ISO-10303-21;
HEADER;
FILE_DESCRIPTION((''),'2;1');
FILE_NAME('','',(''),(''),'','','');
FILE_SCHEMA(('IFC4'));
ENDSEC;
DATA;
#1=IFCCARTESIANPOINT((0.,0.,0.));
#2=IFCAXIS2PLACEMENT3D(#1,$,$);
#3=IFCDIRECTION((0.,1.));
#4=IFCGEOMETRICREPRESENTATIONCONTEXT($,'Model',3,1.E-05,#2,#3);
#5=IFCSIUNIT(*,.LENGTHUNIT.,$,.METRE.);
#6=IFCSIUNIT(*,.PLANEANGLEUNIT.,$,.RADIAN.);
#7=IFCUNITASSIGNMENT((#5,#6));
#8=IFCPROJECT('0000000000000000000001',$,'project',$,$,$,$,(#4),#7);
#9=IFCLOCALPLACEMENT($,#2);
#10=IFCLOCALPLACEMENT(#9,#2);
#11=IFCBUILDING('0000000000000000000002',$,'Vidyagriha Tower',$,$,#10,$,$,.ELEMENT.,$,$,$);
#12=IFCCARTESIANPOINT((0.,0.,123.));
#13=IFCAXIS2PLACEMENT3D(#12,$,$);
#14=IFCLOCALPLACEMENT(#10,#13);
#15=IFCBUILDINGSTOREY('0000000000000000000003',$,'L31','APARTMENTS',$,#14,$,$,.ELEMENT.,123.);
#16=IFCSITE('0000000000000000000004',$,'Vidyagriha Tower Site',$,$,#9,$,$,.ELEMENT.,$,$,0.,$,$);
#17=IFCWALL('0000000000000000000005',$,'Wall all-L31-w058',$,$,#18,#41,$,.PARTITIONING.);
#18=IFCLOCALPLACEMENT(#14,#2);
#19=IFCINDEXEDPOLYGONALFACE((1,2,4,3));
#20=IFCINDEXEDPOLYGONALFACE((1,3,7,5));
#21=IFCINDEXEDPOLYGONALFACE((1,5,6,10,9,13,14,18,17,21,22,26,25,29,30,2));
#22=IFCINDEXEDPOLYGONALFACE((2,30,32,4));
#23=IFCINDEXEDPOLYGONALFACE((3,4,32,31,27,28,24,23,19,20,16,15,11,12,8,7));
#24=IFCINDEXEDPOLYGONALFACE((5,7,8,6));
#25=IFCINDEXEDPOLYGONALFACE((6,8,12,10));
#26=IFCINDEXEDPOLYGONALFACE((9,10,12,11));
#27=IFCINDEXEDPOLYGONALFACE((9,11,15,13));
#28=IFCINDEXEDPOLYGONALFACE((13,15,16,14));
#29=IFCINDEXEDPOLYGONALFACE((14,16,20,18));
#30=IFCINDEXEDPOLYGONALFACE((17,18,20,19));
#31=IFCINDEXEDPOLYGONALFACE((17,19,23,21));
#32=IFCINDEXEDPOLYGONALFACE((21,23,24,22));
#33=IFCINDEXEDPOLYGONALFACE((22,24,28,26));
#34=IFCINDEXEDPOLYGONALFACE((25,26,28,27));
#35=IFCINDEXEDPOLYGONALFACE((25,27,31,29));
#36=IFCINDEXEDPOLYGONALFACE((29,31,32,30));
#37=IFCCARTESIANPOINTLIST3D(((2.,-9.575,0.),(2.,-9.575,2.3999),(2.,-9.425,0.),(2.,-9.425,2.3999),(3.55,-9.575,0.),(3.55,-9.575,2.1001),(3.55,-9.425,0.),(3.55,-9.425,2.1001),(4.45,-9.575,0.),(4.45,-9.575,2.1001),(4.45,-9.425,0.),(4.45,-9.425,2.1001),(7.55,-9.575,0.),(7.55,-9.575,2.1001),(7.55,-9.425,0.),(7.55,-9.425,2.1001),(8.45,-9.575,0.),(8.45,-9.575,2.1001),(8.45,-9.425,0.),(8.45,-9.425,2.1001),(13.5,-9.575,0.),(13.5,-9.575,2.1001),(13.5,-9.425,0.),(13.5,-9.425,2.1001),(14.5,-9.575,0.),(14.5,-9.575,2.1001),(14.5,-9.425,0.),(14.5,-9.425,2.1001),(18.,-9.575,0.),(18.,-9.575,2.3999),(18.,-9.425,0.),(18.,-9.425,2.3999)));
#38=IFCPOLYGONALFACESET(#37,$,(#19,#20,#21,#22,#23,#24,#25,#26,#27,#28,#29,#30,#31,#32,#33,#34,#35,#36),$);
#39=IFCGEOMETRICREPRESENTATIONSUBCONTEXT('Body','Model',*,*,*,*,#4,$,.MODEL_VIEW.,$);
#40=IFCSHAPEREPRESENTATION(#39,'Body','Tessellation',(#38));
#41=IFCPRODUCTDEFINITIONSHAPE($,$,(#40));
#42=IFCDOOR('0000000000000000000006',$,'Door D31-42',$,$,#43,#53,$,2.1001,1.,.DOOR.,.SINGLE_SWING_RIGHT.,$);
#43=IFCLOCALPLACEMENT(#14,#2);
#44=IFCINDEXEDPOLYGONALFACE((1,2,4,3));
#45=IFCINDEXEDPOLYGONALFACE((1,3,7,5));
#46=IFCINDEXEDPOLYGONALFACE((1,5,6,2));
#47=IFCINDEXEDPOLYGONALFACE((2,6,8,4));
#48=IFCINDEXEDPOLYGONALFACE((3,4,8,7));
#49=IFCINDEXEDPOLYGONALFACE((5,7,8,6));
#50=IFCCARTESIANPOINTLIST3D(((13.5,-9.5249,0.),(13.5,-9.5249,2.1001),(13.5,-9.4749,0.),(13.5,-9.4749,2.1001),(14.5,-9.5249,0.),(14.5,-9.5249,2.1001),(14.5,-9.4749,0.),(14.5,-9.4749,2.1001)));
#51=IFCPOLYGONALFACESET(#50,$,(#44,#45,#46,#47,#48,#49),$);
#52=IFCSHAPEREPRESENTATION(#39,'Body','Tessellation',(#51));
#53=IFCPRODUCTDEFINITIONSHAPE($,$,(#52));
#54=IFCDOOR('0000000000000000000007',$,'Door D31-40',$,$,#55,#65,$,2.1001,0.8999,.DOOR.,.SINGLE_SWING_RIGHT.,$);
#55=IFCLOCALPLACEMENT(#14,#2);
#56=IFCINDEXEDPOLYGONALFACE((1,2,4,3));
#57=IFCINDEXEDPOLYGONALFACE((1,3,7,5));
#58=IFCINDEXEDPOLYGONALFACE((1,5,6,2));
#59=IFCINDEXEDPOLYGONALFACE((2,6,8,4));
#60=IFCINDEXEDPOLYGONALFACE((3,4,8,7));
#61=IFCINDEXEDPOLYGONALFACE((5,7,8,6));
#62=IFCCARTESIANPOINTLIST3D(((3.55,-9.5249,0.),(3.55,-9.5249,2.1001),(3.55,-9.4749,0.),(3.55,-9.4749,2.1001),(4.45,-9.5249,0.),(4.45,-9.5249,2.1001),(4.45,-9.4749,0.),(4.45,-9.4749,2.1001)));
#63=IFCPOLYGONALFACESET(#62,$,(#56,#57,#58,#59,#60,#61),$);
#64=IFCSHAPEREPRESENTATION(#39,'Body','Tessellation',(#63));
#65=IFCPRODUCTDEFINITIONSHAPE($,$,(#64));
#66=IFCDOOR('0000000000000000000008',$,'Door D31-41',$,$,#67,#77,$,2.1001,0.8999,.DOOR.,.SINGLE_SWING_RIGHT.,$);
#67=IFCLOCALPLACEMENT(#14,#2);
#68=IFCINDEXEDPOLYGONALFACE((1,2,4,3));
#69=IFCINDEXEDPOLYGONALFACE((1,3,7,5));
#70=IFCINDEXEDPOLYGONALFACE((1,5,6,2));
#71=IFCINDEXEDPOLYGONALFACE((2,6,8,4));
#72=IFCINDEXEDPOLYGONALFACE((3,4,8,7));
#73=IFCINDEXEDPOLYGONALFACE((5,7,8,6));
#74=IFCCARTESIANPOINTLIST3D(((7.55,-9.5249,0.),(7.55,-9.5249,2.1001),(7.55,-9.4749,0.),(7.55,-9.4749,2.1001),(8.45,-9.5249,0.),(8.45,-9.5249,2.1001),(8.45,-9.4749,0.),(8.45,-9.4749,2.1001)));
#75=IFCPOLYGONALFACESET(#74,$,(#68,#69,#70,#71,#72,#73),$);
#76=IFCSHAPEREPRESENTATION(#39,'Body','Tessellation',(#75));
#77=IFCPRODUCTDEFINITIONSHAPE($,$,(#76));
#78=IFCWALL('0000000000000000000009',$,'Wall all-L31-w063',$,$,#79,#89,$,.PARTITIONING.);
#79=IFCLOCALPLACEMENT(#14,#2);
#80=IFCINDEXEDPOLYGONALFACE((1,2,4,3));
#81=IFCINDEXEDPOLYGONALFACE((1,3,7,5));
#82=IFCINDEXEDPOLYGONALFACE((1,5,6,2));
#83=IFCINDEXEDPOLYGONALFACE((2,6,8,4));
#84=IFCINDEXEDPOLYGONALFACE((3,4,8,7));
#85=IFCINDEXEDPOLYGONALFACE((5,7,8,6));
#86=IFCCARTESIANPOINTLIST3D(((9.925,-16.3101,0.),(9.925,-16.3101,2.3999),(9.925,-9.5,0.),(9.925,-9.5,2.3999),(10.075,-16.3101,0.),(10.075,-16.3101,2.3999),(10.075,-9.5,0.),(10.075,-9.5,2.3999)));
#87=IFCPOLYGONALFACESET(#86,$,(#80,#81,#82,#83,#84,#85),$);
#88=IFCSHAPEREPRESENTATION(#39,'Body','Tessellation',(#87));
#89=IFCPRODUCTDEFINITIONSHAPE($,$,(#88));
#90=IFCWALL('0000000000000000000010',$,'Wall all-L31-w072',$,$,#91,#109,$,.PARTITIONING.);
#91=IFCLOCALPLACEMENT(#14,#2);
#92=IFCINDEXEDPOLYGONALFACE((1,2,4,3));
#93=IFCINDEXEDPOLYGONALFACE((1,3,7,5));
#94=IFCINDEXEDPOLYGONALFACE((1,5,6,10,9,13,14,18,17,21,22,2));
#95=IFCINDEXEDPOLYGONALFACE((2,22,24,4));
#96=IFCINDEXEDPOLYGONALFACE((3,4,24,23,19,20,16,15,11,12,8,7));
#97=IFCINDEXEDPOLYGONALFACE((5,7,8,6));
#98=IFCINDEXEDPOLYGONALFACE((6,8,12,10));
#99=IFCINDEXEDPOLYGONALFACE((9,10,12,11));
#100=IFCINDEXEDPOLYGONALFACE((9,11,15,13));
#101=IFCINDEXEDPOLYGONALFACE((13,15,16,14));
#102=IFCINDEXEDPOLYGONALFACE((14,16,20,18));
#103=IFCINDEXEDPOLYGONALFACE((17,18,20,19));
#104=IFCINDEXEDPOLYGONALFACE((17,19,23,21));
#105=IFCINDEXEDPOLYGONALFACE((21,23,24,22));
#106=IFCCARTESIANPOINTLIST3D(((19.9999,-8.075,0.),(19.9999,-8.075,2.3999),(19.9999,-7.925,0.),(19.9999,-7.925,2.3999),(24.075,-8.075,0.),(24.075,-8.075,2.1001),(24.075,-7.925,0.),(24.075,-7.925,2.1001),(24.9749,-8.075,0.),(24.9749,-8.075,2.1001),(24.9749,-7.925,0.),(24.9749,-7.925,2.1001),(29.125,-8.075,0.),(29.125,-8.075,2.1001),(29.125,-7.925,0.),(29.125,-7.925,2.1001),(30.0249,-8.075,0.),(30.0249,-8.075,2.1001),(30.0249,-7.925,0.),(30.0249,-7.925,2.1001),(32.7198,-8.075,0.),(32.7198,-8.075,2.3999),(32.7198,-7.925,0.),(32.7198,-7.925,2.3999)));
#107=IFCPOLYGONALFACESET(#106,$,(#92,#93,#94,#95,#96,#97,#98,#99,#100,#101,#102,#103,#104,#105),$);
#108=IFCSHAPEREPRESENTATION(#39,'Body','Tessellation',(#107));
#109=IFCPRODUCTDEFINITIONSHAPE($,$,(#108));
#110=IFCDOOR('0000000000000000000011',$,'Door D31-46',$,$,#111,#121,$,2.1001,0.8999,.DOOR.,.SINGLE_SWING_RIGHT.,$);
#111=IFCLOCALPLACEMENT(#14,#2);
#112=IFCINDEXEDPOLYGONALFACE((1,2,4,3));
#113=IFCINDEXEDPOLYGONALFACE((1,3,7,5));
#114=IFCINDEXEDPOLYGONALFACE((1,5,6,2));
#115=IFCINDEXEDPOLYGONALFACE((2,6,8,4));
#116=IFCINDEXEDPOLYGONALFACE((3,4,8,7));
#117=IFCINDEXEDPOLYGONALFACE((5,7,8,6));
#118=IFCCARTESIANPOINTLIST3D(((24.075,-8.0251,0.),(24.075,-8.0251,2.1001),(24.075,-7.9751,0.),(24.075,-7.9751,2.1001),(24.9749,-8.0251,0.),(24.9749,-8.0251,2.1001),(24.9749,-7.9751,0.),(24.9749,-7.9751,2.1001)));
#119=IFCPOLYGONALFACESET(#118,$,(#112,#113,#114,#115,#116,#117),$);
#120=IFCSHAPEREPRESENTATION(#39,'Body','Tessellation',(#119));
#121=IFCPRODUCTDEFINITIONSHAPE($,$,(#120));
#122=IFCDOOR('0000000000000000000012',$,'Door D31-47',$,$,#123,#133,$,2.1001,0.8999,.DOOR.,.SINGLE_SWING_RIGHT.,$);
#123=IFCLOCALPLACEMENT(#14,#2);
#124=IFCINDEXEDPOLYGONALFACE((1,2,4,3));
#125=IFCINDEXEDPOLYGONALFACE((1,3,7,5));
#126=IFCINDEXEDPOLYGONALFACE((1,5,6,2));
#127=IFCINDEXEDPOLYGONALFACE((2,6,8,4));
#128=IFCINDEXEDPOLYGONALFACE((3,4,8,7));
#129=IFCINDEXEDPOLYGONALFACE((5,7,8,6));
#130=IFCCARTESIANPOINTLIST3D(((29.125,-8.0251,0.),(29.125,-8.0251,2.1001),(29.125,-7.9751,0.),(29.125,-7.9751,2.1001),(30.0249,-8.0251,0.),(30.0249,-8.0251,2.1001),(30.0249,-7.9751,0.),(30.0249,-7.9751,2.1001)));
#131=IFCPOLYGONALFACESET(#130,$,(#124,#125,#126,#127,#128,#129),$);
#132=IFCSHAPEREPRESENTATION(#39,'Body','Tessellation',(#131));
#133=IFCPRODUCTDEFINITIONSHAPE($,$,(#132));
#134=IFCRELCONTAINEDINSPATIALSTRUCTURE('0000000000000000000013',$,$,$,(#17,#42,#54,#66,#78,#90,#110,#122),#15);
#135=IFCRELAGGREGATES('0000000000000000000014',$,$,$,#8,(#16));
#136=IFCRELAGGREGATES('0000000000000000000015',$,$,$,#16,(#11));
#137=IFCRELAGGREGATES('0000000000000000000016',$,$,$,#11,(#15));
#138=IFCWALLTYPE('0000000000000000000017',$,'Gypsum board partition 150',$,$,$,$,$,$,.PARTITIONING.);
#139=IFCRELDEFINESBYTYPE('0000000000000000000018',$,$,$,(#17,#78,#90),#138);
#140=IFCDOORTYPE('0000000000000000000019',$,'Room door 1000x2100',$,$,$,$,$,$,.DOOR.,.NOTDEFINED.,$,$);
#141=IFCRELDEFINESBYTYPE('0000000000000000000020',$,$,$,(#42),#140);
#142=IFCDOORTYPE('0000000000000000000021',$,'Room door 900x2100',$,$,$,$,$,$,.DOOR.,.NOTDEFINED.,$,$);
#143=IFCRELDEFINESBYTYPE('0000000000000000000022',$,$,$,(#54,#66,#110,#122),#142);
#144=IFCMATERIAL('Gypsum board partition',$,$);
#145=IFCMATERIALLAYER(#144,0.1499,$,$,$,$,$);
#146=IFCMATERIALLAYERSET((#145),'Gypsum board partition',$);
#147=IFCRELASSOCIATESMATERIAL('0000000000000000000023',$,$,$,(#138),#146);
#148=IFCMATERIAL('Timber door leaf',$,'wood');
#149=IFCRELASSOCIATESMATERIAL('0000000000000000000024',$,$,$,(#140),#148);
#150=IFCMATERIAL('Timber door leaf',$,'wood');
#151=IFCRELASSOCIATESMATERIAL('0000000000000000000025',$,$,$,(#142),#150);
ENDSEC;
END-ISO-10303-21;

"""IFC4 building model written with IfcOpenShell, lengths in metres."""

from ifc_helpers import new_model, si_unit, direction, frame, frame_2d, origin, place, context, subcontext, project, spatial, rectangle, extrude, material, layer, layer_set, type_object, element, fill, save


model = new_model("IFC4")

# Units and contexts
model_context = context("Model", 3, precision=1e-05, world=origin(), true_north=direction((0.0, 1.0)))
body_context = subcontext(model_context, "Body", "Model", "MODEL_VIEW")
ifc_project = project(units=[si_unit("LENGTHUNIT", "METRE"), si_unit("PLANEANGLEUNIT", "RADIAN")], contexts=[model_context])

# Site, building, storey
site_placement = place(None, origin())
site = spatial("IfcSite", under=ifc_project, at=site_placement, Name="Vidyagriha Tower Site", CompositionType="ELEMENT", RefElevation=0.0)
building_placement = place(site_placement, origin())
building = spatial("IfcBuilding", under=site, at=building_placement, Name="Vidyagriha Tower", CompositionType="ELEMENT")
storey_placement = place(building_placement, frame((0.0, 0.0, 123.0)))
storey = spatial("IfcBuildingStorey", under=building, at=storey_placement, Name="L31", Description="APARTMENTS", CompositionType="ELEMENT", Elevation=123.0)

# Shared definitions
ifc_material_1 = material(Name="Gypsum board partition")
ifc_layer_1 = layer(ifc_material_1, 0.1499)
ifc_layer_set_1 = layer_set([ifc_layer_1], Name="Gypsum board partition")
wall_type_1 = type_object("IfcWallType", Name="Gypsum board partition 150", PredefinedType="PARTITIONING", material=ifc_layer_set_1)

# Wall, openings, doors
wall_1_placement = place(storey_placement, frame((18.0, -9.5, 0.0), z_axis=(0.0, 0.0, 1.0), x_axis=(-1.0, 0.0, 0.0)))
wall_1 = element("IfcWall", 1, at=wall_1_placement, inside=storey, type_object=wall_type_1, Name="Wall all-L31-w058", PredefinedType="PARTITIONING", context=body_context, shape_type="SweptSolid", body=[
    extrude(rectangle(XDim=16.0, YDim=0.1499, at=frame_2d((8.0, 0.0))), origin(), (0.0, 0.0, 1.0), 2.3999),
])
opening_1_placement = place(wall_1_placement, frame((13.55, 0.0, 0.0)))
opening_1 = element("IfcOpeningElement", 2, at=opening_1_placement, cuts=wall_1, PredefinedType="OPENING", context=body_context, shape_type="SweptSolid", body=[
    extrude(rectangle(XDim=0.8999, YDim=2.1001, at=frame_2d((0.45, 1.05))), frame((0.0, 0.085, 0.0), z_axis=(0.0, -1.0, 0.0), x_axis=(1.0, 0.0, 0.0)), (0.0, 0.0, 1.0), 0.1699),
])
opening_2_placement = place(wall_1_placement, frame((9.55, 0.0, 0.0)))
opening_2 = element("IfcOpeningElement", 3, at=opening_2_placement, cuts=wall_1, PredefinedType="OPENING", context=body_context, shape_type="SweptSolid", body=[
    extrude(rectangle(XDim=0.8999, YDim=2.1001, at=frame_2d((0.45, 1.05))), frame((0.0, 0.085, 0.0), z_axis=(0.0, -1.0, 0.0), x_axis=(1.0, 0.0, 0.0)), (0.0, 0.0, 1.0), 0.1699),
])
opening_3_placement = place(wall_1_placement, frame((3.5, 0.0, 0.0)))
opening_3 = element("IfcOpeningElement", 4, at=opening_3_placement, cuts=wall_1, PredefinedType="OPENING", context=body_context, shape_type="SweptSolid", body=[
    extrude(rectangle(XDim=1.0, YDim=2.1001, at=frame_2d((0.5, 1.05))), frame((0.0, 0.085, 0.0), z_axis=(0.0, -1.0, 0.0), x_axis=(1.0, 0.0, 0.0)), (0.0, 0.0, 1.0), 0.1699),
])
ifc_material_2 = material(Name="Timber door leaf", Category="wood")
door_type_1 = type_object("IfcDoorType", Name="Room door 1000x2100", OperationType="NOTDEFINED", PredefinedType="DOOR", material=ifc_material_2)
door_1_placement = place(opening_3_placement, origin())
door_1 = element("IfcDoor", 5, at=door_1_placement, inside=storey, type_object=door_type_1, Name="Door D31-42", OperationType="SINGLE_SWING_RIGHT", OverallHeight=2.1001, OverallWidth=1.0, PredefinedType="DOOR", context=body_context, shape_type="SweptSolid", body=[
    extrude(rectangle(XDim=1.0, YDim=2.1001, at=frame_2d((0.5, 1.05))), frame((0.0, 0.0249, 0.0), z_axis=(0.0, -1.0, 0.0), x_axis=(1.0, 0.0, 0.0)), (0.0, 0.0, 1.0), 0.05),
])
fill(opening_3, door_1)
ifc_material_3 = material(Name="Timber door leaf", Category="wood")
door_type_2 = type_object("IfcDoorType", Name="Room door 900x2100", OperationType="NOTDEFINED", PredefinedType="DOOR", material=ifc_material_3)
door_2_placement = place(opening_1_placement, origin())
door_2 = element("IfcDoor", 6, at=door_2_placement, inside=storey, type_object=door_type_2, Name="Door D31-40", OperationType="SINGLE_SWING_RIGHT", OverallHeight=2.1001, OverallWidth=0.8999, PredefinedType="DOOR", context=body_context, shape_type="SweptSolid", body=[
    extrude(rectangle(XDim=0.8999, YDim=2.1001, at=frame_2d((0.45, 1.05))), frame((0.0, 0.0249, 0.0), z_axis=(0.0, -1.0, 0.0), x_axis=(1.0, 0.0, 0.0)), (0.0, 0.0, 1.0), 0.05),
])
fill(opening_1, door_2)
door_3_placement = place(opening_2_placement, origin())
door_3 = element("IfcDoor", 7, at=door_3_placement, inside=storey, type_object=door_type_2, Name="Door D31-41", OperationType="SINGLE_SWING_RIGHT", OverallHeight=2.1001, OverallWidth=0.8999, PredefinedType="DOOR", context=body_context, shape_type="SweptSolid", body=[
    extrude(rectangle(XDim=0.8999, YDim=2.1001, at=frame_2d((0.45, 1.05))), frame((0.0, 0.0249, 0.0), z_axis=(0.0, -1.0, 0.0), x_axis=(1.0, 0.0, 0.0)), (0.0, 0.0, 1.0), 0.05),
])
fill(opening_2, door_3)

# Wall
wall_2_placement = place(storey_placement, frame((10.0, -9.5, 0.0), z_axis=(0.0, 0.0, 1.0), x_axis=(0.0, -1.0, 0.0)))
element("IfcWall", 8, at=wall_2_placement, inside=storey, type_object=wall_type_1, Name="Wall all-L31-w063", PredefinedType="PARTITIONING", context=body_context, shape_type="SweptSolid", body=[
    extrude(rectangle(XDim=6.8101, YDim=0.1499, at=frame_2d((3.405, 0.0))), origin(), (0.0, 0.0, 1.0), 2.3999),
])

# Wall, openings, doors
wall_3_placement = place(storey_placement, frame((20.0, -8.0, 0.0)))
wall_3 = element("IfcWall", 9, at=wall_3_placement, inside=storey, type_object=wall_type_1, Name="Wall all-L31-w072", PredefinedType="PARTITIONING", context=body_context, shape_type="SweptSolid", body=[
    extrude(rectangle(XDim=12.72, YDim=0.1499, at=frame_2d((6.3599, 0.0))), origin(), (0.0, 0.0, 1.0), 2.3999),
])
opening_4_placement = place(wall_3_placement, frame((4.075, 0.0, 0.0)))
opening_4 = element("IfcOpeningElement", 10, at=opening_4_placement, cuts=wall_3, PredefinedType="OPENING", context=body_context, shape_type="SweptSolid", body=[
    extrude(rectangle(XDim=0.8999, YDim=2.1001, at=frame_2d((0.45, 1.05))), frame((0.0, 0.085, 0.0), z_axis=(0.0, -1.0, 0.0), x_axis=(1.0, 0.0, 0.0)), (0.0, 0.0, 1.0), 0.1699),
])
opening_5_placement = place(wall_3_placement, frame((9.125, 0.0, 0.0)))
opening_5 = element("IfcOpeningElement", 11, at=opening_5_placement, cuts=wall_3, PredefinedType="OPENING", context=body_context, shape_type="SweptSolid", body=[
    extrude(rectangle(XDim=0.8999, YDim=2.1001, at=frame_2d((0.45, 1.05))), frame((0.0, 0.085, 0.0), z_axis=(0.0, -1.0, 0.0), x_axis=(1.0, 0.0, 0.0)), (0.0, 0.0, 1.0), 0.1699),
])
door_4_placement = place(opening_4_placement, origin())
door_4 = element("IfcDoor", 12, at=door_4_placement, inside=storey, type_object=door_type_2, Name="Door D31-46", OperationType="SINGLE_SWING_RIGHT", OverallHeight=2.1001, OverallWidth=0.8999, PredefinedType="DOOR", context=body_context, shape_type="SweptSolid", body=[
    extrude(rectangle(XDim=0.8999, YDim=2.1001, at=frame_2d((0.45, 1.05))), frame((0.0, 0.0249, 0.0), z_axis=(0.0, -1.0, 0.0), x_axis=(1.0, 0.0, 0.0)), (0.0, 0.0, 1.0), 0.05),
])
fill(opening_4, door_4)
door_5_placement = place(opening_5_placement, origin())
door_5 = element("IfcDoor", 13, at=door_5_placement, inside=storey, type_object=door_type_2, Name="Door D31-47", OperationType="SINGLE_SWING_RIGHT", OverallHeight=2.1001, OverallWidth=0.8999, PredefinedType="DOOR", context=body_context, shape_type="SweptSolid", body=[
    extrude(rectangle(XDim=0.8999, YDim=2.1001, at=frame_2d((0.45, 1.05))), frame((0.0, 0.0249, 0.0), z_axis=(0.0, -1.0, 0.0), x_axis=(1.0, 0.0, 0.0)), (0.0, 0.0, 1.0), 0.05),
])
fill(opening_5, door_5)

save(model, "model.ifc")
